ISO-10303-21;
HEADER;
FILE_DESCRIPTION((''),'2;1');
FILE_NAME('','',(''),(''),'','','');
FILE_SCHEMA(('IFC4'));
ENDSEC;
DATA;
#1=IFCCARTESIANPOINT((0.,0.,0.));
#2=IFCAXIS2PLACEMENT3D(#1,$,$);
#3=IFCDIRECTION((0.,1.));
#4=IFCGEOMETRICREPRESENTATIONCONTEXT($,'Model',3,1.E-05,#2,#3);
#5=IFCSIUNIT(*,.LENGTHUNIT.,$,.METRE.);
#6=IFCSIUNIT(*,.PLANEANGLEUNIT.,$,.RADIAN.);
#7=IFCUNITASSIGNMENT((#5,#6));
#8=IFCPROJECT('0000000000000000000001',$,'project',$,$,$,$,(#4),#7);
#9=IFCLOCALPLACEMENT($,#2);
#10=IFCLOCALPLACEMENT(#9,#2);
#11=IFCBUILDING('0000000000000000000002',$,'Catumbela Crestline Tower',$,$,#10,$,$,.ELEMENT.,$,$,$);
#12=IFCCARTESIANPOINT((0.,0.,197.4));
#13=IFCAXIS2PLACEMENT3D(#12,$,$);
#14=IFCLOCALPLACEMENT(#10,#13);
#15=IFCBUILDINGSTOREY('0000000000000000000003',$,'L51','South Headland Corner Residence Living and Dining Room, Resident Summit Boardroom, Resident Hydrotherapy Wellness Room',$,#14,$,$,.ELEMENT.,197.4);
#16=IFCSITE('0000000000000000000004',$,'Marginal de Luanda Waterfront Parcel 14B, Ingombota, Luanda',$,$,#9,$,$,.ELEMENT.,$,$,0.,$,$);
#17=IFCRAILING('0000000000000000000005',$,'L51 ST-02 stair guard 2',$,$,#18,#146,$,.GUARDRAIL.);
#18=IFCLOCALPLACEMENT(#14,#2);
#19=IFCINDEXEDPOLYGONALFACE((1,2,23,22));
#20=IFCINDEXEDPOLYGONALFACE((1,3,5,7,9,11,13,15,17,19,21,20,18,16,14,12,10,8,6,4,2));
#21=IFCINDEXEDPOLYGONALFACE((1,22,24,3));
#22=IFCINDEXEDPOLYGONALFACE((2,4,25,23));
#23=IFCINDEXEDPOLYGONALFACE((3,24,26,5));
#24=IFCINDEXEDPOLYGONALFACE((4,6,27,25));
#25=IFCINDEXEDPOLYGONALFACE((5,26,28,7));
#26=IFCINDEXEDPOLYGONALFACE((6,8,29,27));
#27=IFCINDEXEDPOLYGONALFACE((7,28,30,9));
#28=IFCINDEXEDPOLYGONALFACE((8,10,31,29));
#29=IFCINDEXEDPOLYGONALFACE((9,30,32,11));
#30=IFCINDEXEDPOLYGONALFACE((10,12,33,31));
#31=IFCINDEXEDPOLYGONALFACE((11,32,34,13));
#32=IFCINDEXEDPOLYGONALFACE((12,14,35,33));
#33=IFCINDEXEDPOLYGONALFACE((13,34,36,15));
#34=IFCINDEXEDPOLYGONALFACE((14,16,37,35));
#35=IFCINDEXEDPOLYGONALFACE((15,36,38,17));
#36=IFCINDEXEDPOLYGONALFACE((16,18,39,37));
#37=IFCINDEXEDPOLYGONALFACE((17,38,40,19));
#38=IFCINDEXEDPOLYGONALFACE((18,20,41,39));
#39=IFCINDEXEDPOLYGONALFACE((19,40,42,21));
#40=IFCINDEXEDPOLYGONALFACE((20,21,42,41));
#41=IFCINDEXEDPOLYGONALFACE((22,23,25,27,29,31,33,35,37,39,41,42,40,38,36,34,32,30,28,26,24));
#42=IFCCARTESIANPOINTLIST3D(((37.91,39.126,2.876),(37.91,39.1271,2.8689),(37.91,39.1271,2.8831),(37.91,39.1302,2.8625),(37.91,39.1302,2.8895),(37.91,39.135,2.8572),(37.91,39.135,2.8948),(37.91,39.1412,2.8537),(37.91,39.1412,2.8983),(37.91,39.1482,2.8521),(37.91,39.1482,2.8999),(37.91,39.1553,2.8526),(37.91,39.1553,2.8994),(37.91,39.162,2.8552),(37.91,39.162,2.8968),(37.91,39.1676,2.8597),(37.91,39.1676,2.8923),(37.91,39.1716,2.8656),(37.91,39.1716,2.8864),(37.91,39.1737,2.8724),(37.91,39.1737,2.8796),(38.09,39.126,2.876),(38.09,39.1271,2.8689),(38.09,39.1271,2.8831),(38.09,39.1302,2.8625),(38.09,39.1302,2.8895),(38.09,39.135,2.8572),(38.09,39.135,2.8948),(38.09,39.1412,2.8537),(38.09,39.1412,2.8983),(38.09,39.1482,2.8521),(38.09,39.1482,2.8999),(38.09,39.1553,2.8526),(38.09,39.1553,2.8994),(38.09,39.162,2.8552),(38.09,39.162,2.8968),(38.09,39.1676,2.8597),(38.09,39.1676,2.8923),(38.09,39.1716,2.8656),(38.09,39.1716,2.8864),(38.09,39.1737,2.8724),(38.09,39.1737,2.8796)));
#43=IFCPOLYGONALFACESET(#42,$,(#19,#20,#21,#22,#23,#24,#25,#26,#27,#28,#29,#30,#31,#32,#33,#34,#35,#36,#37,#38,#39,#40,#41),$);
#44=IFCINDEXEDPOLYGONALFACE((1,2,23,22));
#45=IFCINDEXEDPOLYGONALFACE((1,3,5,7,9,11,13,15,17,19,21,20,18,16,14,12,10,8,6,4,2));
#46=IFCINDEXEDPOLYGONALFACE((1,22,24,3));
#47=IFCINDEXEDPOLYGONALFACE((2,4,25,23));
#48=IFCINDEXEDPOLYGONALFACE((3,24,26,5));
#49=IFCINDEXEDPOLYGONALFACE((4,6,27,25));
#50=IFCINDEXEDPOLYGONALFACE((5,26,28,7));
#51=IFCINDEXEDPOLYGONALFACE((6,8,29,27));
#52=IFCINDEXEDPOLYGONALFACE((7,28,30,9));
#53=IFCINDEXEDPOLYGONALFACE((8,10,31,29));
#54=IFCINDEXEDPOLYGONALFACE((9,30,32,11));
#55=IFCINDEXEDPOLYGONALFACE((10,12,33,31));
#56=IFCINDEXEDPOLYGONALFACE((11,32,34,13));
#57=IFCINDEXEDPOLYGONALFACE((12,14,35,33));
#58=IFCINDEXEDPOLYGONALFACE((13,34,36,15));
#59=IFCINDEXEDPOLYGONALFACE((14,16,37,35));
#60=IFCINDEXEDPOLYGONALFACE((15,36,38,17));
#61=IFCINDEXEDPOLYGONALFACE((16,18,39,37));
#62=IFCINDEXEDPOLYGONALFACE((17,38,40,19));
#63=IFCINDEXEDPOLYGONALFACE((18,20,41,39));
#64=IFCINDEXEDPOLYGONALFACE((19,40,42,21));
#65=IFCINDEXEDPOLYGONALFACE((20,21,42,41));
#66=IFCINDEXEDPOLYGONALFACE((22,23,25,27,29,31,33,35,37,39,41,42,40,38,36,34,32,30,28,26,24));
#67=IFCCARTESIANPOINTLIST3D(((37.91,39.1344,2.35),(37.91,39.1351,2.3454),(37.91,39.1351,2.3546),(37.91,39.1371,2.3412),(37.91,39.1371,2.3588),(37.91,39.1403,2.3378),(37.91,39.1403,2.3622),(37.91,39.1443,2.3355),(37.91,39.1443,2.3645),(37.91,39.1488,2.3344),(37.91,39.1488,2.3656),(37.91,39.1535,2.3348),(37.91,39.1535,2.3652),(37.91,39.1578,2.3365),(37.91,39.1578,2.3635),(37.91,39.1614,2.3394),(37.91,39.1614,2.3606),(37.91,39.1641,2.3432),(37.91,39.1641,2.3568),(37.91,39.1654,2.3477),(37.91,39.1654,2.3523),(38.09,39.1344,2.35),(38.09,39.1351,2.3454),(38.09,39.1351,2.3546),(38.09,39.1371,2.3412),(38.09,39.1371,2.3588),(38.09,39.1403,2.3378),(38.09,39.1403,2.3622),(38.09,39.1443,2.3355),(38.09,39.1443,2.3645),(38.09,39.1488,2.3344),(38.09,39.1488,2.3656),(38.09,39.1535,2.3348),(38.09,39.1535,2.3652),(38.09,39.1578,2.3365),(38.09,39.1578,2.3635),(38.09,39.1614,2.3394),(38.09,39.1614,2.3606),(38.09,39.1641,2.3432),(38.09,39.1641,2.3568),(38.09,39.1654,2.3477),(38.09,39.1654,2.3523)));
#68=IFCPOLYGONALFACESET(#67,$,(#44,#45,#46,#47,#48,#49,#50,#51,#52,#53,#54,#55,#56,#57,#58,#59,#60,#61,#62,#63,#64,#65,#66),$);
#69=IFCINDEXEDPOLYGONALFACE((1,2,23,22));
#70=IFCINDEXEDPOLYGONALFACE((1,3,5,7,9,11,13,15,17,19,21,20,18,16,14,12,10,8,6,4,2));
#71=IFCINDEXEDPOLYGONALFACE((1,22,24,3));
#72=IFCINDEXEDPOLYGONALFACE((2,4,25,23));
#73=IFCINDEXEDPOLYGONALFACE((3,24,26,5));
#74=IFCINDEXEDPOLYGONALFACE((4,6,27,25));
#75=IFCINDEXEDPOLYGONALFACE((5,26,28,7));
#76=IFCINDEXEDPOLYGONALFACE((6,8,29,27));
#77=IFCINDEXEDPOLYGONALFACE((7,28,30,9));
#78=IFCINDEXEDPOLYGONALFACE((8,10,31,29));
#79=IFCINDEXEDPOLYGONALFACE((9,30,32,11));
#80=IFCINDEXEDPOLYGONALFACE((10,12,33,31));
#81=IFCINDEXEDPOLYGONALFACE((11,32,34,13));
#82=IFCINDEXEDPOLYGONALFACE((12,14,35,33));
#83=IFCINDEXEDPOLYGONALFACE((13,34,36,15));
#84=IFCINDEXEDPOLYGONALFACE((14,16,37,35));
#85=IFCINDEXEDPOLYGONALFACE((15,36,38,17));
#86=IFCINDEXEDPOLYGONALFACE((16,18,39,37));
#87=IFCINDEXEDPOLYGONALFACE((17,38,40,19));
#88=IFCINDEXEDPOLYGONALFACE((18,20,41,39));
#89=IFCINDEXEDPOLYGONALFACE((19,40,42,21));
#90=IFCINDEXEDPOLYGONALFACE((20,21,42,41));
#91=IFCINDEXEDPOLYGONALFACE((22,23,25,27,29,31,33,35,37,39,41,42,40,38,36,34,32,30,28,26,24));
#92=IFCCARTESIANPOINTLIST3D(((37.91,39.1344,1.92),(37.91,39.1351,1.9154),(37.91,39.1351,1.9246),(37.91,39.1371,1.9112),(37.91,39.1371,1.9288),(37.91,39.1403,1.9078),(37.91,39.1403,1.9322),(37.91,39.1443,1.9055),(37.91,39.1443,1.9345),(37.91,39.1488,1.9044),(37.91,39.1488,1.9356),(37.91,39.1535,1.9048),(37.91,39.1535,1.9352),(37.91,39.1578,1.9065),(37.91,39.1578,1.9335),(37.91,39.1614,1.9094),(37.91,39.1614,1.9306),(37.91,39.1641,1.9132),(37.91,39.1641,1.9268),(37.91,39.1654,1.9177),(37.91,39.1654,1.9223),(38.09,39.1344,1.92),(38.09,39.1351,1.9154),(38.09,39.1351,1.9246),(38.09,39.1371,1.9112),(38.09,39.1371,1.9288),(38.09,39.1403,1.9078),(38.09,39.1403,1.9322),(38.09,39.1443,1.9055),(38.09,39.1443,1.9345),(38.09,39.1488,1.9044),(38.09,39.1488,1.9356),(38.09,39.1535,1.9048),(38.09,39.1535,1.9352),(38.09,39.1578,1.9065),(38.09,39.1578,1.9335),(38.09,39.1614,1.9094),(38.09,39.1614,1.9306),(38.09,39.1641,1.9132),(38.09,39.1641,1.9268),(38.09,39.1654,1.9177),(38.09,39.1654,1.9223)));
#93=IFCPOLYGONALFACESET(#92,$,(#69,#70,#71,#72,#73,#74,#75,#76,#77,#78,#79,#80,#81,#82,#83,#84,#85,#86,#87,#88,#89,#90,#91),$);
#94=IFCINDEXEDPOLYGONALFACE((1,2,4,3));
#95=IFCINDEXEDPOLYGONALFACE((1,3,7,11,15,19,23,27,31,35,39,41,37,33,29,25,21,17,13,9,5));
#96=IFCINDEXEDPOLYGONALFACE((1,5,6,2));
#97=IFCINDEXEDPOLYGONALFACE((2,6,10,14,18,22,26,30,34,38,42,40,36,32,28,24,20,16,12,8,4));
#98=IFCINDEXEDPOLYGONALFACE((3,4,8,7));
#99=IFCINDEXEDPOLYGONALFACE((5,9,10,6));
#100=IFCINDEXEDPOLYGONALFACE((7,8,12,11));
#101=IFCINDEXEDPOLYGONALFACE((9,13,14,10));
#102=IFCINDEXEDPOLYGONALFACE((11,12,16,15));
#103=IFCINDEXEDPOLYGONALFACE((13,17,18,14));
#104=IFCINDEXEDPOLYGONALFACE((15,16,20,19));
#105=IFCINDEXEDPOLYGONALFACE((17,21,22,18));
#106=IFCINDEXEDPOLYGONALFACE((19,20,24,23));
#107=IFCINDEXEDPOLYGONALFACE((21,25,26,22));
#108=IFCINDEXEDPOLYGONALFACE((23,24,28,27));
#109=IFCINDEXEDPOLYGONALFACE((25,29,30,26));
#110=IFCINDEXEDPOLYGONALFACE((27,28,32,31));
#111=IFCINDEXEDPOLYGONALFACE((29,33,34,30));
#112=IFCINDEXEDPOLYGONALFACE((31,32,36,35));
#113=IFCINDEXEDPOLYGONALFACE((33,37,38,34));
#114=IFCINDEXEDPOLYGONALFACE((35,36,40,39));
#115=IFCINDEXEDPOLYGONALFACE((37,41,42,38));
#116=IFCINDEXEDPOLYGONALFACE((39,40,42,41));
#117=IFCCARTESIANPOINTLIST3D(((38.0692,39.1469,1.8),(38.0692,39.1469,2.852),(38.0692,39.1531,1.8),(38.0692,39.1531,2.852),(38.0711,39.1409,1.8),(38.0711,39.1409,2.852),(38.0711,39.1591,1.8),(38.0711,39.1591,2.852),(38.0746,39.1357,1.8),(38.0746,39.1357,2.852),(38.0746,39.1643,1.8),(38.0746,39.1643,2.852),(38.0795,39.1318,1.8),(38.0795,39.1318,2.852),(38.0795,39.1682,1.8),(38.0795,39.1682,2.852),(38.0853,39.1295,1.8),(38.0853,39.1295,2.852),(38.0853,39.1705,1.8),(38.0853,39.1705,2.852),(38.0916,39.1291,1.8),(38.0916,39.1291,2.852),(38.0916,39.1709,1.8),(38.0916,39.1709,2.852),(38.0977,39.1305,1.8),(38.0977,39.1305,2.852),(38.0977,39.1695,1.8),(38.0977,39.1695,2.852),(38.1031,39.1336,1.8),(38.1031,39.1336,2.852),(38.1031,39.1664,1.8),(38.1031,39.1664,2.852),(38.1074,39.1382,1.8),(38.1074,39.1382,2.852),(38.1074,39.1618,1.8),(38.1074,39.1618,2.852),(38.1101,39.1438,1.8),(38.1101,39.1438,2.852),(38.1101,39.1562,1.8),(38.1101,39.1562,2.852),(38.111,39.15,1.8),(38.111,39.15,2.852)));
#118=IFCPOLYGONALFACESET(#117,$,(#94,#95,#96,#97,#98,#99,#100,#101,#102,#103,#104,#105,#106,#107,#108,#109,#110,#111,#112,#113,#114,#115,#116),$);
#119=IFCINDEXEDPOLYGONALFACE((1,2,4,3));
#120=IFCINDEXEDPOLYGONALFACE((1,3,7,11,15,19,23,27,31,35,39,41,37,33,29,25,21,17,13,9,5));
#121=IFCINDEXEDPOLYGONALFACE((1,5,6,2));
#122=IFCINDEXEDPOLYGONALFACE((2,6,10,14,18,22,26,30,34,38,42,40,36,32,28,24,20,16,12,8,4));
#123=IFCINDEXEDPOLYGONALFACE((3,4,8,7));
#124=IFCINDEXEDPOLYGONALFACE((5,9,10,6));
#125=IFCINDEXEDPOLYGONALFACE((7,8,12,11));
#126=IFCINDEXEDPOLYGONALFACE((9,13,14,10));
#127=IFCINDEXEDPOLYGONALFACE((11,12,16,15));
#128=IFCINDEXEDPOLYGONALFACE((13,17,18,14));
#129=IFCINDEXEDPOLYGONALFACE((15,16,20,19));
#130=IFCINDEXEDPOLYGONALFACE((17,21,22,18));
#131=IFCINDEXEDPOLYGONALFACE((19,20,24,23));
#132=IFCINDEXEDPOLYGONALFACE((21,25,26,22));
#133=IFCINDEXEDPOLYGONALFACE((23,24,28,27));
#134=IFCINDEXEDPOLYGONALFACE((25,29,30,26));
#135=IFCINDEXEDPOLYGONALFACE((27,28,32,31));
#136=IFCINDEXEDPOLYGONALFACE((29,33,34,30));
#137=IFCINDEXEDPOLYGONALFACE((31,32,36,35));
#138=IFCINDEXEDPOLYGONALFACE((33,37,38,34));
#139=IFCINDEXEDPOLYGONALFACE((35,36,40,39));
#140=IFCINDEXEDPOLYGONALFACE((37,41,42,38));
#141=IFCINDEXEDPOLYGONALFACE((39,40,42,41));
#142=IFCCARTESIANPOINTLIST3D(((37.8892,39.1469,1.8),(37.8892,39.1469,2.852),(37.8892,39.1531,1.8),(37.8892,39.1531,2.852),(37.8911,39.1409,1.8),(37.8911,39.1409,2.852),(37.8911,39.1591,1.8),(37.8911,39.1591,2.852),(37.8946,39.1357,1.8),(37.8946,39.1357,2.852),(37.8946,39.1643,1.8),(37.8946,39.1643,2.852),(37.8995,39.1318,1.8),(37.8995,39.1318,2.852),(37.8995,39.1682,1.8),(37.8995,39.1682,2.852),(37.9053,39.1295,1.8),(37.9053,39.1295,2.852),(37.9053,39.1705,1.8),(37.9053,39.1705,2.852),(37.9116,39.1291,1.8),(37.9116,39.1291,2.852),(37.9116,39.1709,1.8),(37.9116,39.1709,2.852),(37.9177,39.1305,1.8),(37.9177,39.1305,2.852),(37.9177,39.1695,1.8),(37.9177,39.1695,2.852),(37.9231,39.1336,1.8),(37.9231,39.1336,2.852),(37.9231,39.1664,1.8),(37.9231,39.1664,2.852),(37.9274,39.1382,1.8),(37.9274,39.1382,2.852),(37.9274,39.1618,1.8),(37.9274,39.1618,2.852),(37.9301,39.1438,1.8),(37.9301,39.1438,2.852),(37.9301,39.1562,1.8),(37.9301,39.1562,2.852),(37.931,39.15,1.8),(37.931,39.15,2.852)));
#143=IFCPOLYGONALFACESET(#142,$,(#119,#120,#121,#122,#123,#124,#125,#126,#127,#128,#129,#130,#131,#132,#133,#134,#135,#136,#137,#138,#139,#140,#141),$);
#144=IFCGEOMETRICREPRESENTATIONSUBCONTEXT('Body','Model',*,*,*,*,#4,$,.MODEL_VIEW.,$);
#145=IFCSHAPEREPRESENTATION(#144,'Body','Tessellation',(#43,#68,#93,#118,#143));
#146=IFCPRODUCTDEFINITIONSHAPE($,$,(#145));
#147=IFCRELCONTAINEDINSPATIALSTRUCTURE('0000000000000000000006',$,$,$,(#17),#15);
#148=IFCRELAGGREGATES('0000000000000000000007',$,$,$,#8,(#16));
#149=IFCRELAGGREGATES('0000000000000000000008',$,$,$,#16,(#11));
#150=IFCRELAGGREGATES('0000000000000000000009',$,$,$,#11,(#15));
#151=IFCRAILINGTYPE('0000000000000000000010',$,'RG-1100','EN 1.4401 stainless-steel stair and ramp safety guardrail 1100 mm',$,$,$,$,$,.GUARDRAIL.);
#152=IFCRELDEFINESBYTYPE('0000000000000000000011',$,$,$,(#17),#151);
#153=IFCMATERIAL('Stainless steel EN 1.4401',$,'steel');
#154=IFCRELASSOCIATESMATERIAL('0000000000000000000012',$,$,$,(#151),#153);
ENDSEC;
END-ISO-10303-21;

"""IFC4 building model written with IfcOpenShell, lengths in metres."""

from ifc_helpers import new_model, si_unit, direction, frame, origin, origin_2d, place, context, subcontext, project, spatial, circle, extrude, material, type_object, element, save


model = new_model("IFC4")

# Units and contexts
model_context = context("Model", 3, precision=1e-05, world=origin(), true_north=direction((0.0, 1.0)))
body_context = subcontext(model_context, "Body", "Model", "MODEL_VIEW")
ifc_project = project(units=[si_unit("LENGTHUNIT", "METRE"), si_unit("PLANEANGLEUNIT", "RADIAN")], contexts=[model_context])

# Site, building, storey
site_placement = place(None, origin())
site = spatial("IfcSite", under=ifc_project, at=site_placement, Name="Marginal de Luanda Waterfront Parcel 14B, Ingombota, Luanda", CompositionType="ELEMENT", RefElevation=0.0)
building_placement = place(site_placement, origin())
building = spatial("IfcBuilding", under=site, at=building_placement, Name="Catumbela Crestline Tower", CompositionType="ELEMENT")
storey_placement = place(building_placement, frame((0.0, 0.0, 197.4)))
storey = spatial("IfcBuildingStorey", under=building, at=storey_placement, Name="L51", Description="South Headland Corner Residence Living and Dining Room, Resident Summit Boardroom, Resident Hydrotherapy Wellness Room", CompositionType="ELEMENT", Elevation=197.4)

# Shared definitions
ifc_material_1 = material(Name="Stainless steel EN 1.4401", Category="steel")

# Railing
railing_type_1 = type_object("IfcRailingType", Name="RG-1100", Description="EN 1.4401 stainless-steel stair and ramp safety guardrail 1100 mm", PredefinedType="GUARDRAIL", material=ifc_material_1)
railing_1_placement = place(storey_placement, frame((38.09, 39.15, 1.8)))
element("IfcRailing", 1, at=railing_1_placement, inside=storey, type_object=railing_type_1, Name="L51 ST-02 stair guard 2", PredefinedType="GUARDRAIL", context=body_context, shape_type="SweptSolid", body=[
    extrude(circle(Radius=0.024, at=origin_2d()), frame((0.0, 0.0, 1.076), z_axis=(-1.0, 0.0, 0.0), x_axis=(0.0, -1.0, 0.0)), (0.0, 0.0, 1.0), 0.18),
    extrude(circle(Radius=0.0156, at=origin_2d()), frame((0.0, 0.0, 0.55), z_axis=(-1.0, 0.0, 0.0), x_axis=(0.0, -1.0, 0.0)), (0.0, 0.0, 1.0), 0.18),
    extrude(circle(Radius=0.0156, at=origin_2d()), frame((0.0, 0.0, 0.12), z_axis=(-1.0, 0.0, 0.0), x_axis=(0.0, -1.0, 0.0)), (0.0, 0.0, 1.0), 0.18),
    extrude(circle(Radius=0.021, at=origin_2d()), origin(), (0.0, 0.0, 1.0), 1.052),
    extrude(circle(Radius=0.021, at=origin_2d()), frame((-0.18, 0.0, 0.0)), (0.0, 0.0, 1.0), 1.052),
])

save(model, "model.ifc")
